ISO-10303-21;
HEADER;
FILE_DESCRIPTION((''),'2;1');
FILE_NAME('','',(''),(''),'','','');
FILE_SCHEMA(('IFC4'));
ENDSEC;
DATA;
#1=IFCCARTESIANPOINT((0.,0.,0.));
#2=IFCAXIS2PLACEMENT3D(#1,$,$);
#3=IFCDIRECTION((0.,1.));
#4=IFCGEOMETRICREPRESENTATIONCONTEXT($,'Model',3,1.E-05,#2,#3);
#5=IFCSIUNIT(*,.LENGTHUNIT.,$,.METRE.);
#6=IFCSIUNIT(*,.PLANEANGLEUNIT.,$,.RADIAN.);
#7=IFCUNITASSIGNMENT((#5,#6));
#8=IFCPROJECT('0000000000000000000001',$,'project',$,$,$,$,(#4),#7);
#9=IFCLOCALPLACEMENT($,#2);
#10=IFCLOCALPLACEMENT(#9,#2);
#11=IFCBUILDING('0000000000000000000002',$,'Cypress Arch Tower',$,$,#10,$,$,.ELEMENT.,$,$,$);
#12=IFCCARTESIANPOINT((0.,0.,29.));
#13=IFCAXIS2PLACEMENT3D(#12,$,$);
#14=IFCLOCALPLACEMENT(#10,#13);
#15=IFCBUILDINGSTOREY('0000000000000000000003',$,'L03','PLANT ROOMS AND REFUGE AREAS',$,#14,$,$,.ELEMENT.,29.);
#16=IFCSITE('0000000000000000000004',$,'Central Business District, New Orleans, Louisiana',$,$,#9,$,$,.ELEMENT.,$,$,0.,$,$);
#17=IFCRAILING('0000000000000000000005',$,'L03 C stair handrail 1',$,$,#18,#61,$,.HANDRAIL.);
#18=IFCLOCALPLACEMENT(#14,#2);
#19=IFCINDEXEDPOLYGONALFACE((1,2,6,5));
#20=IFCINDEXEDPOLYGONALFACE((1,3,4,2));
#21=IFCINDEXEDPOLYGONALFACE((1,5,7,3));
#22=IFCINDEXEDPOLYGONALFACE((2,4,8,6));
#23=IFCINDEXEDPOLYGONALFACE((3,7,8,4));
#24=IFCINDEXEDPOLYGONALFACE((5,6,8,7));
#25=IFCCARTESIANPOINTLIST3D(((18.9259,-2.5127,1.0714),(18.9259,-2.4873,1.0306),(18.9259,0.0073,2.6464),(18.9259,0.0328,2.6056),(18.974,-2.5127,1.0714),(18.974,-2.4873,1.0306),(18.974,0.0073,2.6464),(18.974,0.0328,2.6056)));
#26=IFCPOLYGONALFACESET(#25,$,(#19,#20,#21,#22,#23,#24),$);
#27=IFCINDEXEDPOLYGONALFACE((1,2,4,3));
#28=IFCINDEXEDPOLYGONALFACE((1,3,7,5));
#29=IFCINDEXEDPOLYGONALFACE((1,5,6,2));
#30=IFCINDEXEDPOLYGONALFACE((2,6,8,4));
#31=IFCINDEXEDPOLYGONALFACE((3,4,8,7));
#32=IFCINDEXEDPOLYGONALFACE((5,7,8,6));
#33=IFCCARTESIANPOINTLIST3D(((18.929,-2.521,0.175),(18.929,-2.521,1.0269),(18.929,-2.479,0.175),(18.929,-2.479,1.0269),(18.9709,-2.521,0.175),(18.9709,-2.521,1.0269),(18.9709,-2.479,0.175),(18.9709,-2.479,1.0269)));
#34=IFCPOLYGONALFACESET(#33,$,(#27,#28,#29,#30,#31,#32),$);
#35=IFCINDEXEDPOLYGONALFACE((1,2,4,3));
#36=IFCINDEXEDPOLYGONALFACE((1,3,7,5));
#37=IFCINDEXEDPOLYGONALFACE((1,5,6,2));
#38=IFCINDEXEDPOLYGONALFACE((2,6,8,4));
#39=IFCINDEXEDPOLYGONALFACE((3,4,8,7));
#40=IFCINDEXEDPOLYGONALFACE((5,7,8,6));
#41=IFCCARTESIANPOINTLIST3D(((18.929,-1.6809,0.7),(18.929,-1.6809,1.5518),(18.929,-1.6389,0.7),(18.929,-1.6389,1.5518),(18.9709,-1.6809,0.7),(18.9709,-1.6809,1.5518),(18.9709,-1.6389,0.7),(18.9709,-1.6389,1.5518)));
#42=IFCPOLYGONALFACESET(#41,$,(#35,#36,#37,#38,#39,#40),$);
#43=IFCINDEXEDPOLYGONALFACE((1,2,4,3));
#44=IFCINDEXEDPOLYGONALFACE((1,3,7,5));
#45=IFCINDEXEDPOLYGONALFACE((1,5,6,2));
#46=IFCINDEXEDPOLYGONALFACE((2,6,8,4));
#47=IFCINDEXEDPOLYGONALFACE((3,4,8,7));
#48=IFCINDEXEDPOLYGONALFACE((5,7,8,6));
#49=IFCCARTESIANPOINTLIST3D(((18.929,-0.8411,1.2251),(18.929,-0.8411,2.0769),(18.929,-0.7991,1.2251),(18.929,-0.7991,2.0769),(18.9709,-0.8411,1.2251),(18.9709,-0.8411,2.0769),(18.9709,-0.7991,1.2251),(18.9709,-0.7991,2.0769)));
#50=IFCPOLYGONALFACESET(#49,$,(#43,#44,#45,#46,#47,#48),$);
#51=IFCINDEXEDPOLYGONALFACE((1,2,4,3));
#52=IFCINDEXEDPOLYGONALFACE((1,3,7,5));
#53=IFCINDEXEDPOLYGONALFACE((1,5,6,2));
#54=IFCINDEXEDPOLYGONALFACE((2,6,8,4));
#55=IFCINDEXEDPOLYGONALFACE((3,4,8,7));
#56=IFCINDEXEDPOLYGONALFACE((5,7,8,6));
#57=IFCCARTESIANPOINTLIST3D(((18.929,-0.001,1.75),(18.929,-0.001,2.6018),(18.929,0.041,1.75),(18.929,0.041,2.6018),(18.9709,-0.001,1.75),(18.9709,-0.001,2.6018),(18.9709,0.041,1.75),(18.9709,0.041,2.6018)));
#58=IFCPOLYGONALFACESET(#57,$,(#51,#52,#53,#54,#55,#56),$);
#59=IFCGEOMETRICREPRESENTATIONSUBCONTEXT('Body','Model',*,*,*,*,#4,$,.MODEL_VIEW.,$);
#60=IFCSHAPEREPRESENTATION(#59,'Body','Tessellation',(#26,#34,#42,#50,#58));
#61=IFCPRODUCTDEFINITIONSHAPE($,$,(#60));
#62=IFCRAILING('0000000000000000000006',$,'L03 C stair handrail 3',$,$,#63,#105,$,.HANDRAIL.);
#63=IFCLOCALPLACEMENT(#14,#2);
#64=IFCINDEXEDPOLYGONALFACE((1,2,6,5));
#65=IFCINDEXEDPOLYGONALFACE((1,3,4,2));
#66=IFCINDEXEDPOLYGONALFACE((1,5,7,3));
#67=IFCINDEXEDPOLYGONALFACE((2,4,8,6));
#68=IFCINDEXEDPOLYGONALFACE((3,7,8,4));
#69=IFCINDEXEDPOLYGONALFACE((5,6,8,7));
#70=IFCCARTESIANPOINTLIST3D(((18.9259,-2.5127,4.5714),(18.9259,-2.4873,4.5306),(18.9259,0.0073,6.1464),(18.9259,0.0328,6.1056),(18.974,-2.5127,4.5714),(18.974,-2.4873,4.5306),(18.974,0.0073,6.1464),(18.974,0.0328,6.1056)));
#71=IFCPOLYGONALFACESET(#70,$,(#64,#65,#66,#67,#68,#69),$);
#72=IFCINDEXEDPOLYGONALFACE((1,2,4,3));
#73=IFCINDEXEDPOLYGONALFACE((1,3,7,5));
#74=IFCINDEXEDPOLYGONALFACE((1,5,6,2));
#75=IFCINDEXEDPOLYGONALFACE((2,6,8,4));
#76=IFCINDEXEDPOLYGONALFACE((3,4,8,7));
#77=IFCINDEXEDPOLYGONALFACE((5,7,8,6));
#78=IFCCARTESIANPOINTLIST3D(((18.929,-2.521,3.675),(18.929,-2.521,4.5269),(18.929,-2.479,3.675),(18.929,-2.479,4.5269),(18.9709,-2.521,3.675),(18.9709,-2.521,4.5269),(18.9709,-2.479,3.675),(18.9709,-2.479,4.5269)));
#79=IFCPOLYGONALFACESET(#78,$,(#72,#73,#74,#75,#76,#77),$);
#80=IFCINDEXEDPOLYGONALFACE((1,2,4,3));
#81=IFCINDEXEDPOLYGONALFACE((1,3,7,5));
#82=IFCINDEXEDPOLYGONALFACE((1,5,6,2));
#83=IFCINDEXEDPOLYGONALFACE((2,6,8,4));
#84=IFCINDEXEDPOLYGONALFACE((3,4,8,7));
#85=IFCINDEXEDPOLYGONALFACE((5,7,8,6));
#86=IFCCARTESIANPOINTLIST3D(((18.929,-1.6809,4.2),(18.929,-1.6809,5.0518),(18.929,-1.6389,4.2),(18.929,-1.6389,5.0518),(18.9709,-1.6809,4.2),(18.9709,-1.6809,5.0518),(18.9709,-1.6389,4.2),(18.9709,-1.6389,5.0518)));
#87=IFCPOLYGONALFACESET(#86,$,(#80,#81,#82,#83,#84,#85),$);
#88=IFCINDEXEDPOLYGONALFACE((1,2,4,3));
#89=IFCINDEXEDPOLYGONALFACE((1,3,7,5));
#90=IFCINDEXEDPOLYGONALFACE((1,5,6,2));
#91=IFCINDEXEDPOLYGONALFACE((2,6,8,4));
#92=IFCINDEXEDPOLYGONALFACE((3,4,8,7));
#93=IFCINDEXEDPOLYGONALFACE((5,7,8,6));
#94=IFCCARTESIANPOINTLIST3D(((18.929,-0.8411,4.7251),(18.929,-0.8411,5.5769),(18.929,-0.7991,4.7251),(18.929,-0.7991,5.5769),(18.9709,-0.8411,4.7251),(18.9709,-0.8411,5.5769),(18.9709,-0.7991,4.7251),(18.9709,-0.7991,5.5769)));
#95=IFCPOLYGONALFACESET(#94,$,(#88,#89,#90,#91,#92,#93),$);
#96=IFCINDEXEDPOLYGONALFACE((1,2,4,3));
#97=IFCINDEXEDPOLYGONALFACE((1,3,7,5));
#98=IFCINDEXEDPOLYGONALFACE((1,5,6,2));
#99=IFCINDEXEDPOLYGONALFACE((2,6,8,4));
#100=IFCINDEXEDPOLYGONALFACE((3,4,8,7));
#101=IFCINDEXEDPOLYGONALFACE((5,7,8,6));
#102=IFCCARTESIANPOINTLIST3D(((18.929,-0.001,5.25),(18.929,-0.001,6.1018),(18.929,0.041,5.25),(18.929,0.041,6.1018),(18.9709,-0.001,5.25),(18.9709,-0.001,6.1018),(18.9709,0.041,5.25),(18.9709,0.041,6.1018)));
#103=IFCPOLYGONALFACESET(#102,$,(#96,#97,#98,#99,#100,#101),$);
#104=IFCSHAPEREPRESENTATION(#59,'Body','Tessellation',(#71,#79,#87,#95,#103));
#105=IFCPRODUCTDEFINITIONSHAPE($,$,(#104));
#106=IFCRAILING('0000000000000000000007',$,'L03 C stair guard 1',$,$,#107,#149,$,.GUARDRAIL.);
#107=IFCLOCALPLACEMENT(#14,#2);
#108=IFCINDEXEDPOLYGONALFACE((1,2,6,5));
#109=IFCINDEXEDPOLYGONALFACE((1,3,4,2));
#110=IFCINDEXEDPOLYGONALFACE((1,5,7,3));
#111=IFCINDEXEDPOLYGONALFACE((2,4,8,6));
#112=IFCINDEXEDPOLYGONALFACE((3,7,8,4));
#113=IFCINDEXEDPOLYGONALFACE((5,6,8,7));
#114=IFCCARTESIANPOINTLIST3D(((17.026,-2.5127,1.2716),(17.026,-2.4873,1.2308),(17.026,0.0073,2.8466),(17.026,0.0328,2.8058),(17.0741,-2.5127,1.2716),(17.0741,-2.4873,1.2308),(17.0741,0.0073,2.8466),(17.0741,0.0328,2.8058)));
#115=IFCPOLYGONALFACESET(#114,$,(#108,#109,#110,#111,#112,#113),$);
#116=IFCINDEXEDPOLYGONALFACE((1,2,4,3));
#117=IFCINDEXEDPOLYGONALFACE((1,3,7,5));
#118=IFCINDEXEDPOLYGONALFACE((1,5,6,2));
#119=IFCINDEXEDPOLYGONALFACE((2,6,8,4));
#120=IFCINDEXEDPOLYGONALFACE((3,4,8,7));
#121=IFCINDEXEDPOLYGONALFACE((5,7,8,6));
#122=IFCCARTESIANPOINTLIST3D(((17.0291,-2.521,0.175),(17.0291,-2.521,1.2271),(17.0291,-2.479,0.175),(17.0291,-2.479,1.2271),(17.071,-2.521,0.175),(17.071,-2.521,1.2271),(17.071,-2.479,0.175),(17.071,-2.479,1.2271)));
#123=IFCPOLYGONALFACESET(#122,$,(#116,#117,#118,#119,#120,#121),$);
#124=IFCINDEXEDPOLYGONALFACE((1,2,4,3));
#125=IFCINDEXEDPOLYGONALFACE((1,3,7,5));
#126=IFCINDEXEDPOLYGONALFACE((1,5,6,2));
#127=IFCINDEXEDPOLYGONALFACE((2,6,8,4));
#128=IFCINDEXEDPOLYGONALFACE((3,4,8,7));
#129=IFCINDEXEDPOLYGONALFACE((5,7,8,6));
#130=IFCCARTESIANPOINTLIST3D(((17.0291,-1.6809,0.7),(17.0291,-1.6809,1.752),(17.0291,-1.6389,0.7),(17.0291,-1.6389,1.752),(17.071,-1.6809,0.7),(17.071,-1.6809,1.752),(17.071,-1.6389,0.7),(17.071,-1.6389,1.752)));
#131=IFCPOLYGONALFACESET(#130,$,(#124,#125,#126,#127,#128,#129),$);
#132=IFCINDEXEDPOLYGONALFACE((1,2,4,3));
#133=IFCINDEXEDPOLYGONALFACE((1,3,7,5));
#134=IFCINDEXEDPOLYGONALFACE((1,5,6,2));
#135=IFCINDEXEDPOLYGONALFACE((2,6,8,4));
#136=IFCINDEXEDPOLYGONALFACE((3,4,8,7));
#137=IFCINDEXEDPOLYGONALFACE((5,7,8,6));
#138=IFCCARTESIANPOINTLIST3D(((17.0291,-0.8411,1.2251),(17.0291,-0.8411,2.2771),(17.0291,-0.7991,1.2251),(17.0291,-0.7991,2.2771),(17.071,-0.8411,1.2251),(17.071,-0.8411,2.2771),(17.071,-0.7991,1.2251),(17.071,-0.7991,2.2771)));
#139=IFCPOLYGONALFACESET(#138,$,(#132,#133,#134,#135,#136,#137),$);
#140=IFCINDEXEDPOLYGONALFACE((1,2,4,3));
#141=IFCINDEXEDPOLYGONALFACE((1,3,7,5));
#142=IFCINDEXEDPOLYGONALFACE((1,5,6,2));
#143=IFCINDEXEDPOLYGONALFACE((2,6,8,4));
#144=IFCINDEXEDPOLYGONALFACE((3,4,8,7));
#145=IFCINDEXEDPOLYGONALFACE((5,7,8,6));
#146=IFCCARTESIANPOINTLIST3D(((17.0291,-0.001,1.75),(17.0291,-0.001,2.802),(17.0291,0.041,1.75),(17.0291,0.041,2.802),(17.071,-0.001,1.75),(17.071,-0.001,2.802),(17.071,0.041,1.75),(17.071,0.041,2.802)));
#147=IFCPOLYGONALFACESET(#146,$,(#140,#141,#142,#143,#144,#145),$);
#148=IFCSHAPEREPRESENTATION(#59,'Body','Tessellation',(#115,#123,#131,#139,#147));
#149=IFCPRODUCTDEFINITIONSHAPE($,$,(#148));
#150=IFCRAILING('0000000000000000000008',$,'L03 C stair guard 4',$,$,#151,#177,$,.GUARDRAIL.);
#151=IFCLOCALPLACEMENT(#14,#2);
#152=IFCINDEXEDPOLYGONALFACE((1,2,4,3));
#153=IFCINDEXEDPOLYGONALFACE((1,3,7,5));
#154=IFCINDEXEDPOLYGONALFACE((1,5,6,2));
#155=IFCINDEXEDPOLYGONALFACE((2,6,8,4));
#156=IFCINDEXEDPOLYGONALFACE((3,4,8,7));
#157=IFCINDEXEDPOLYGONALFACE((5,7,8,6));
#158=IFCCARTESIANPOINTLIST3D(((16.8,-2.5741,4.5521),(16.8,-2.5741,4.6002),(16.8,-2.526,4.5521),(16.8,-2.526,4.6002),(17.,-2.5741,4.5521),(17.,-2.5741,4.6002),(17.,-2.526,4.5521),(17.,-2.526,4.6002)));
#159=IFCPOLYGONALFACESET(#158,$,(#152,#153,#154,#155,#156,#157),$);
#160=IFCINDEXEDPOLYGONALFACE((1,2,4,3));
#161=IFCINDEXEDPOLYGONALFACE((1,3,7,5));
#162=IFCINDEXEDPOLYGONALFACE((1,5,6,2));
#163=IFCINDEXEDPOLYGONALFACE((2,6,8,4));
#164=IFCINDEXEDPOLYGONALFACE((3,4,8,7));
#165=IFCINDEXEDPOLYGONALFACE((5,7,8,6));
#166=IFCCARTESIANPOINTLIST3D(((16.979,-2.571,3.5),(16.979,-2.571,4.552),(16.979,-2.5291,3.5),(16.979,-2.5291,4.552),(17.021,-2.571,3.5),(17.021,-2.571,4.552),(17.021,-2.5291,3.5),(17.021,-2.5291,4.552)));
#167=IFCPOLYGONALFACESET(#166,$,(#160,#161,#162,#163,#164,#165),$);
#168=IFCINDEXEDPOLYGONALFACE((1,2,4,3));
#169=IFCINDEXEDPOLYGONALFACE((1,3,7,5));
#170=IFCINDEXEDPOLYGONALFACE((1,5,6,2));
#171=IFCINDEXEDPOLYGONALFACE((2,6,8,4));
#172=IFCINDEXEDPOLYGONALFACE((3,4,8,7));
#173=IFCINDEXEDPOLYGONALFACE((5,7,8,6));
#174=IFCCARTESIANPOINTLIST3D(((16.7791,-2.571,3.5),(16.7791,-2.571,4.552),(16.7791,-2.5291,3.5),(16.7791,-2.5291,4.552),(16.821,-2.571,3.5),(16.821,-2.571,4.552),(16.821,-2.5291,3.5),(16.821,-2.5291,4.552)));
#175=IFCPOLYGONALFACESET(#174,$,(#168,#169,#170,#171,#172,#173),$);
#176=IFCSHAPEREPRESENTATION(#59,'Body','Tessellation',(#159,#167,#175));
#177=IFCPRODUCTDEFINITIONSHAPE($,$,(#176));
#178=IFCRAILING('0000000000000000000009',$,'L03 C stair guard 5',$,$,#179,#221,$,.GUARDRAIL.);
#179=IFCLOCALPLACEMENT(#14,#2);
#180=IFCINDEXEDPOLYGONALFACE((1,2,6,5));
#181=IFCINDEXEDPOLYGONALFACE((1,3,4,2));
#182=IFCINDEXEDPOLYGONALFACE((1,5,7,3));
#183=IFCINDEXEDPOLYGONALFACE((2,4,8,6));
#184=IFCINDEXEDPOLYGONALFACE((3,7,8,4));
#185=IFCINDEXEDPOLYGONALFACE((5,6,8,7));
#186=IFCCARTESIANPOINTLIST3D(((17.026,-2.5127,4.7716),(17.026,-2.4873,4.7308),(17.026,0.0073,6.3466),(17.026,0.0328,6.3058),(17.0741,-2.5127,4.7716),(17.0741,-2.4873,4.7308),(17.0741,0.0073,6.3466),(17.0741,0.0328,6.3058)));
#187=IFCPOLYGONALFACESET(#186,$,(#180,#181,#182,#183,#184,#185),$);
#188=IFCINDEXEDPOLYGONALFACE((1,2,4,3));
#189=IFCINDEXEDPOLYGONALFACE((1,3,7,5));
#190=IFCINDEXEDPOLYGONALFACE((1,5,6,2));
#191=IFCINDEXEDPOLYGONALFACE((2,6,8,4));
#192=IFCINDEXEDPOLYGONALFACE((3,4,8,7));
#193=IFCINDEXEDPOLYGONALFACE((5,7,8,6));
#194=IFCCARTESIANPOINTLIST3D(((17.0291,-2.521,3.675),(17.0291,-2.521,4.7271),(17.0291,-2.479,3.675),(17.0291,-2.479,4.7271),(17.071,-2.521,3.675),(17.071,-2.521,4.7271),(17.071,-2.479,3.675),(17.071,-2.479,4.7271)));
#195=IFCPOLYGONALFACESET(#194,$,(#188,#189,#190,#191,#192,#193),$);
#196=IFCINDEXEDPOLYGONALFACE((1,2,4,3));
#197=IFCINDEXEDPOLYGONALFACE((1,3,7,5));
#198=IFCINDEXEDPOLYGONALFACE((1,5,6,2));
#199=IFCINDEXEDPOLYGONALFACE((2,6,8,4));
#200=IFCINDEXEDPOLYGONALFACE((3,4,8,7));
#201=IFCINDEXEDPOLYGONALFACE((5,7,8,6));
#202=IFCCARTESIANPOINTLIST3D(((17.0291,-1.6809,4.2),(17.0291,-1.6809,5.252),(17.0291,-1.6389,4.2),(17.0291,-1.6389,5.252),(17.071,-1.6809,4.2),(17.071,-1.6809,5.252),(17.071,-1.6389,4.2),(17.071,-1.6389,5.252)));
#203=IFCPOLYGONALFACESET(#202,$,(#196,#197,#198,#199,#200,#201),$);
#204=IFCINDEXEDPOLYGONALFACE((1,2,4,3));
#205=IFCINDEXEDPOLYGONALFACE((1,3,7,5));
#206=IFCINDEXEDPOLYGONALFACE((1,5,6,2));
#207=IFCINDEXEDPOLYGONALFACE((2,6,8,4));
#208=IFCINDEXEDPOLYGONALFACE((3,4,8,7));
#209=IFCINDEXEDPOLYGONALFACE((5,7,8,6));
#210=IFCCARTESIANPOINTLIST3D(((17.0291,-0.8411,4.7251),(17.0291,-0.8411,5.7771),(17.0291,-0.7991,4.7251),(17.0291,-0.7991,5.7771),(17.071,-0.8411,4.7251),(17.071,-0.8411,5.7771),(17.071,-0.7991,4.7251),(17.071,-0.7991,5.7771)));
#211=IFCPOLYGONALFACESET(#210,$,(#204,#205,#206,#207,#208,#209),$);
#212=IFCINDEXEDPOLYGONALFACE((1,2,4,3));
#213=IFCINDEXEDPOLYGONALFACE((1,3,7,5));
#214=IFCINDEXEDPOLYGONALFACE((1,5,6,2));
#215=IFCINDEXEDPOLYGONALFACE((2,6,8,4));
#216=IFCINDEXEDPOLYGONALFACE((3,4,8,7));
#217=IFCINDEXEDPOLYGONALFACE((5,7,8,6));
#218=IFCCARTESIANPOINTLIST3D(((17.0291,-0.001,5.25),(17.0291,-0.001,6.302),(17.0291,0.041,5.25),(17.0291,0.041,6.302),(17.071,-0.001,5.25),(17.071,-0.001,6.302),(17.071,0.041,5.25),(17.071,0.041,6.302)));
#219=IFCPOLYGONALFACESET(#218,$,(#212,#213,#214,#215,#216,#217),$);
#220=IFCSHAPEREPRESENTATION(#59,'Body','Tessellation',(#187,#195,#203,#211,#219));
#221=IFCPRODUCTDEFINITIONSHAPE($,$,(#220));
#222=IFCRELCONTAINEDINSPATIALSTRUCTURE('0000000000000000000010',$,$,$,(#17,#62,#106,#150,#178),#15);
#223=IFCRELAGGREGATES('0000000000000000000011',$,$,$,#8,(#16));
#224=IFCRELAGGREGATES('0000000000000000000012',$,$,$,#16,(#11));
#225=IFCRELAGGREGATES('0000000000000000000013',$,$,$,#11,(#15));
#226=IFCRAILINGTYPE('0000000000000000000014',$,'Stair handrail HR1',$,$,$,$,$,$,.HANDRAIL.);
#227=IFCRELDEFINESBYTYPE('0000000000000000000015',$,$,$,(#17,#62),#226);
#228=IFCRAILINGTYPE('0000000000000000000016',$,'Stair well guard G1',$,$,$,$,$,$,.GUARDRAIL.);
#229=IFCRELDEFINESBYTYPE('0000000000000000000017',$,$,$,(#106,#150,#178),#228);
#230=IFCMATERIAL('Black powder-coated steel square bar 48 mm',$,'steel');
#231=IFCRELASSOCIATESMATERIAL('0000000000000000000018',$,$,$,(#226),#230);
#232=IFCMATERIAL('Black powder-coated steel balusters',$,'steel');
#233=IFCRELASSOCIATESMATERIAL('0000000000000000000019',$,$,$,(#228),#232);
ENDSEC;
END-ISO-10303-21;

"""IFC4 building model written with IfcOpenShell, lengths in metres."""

from ifc_helpers import new_model, si_unit, direction, frame, origin, origin_2d, place, context, subcontext, project, spatial, rectangle, extrude, material, type_object, element, save


model = new_model("IFC4")

# Units and contexts
model_context = context("Model", 3, precision=1e-05, world=origin(), true_north=direction((0.0, 1.0)))
body_context = subcontext(model_context, "Body", "Model", "MODEL_VIEW")
ifc_project = project(units=[si_unit("LENGTHUNIT", "METRE"), si_unit("PLANEANGLEUNIT", "RADIAN")], contexts=[model_context])

# Site, building, storey
site_placement = place(None, origin())
site = spatial("IfcSite", under=ifc_project, at=site_placement, Name="Central Business District, New Orleans, Louisiana", CompositionType="ELEMENT", RefElevation=0.0)
building_placement = place(site_placement, origin())
building = spatial("IfcBuilding", under=site, at=building_placement, Name="Cypress Arch Tower", CompositionType="ELEMENT")
storey_placement = place(building_placement, frame((0.0, 0.0, 29.0)))
storey = spatial("IfcBuildingStorey", under=building, at=storey_placement, Name="L03", Description="PLANT ROOMS AND REFUGE AREAS", CompositionType="ELEMENT", Elevation=29.0)

# Railings
ifc_material_1 = material(Name="Black powder-coated steel square bar 48 mm", Category="steel")
railing_type_1 = type_object("IfcRailingType", Name="Stair handrail HR1", PredefinedType="HANDRAIL", material=ifc_material_1)
for number, where, name in (
    (1, (18.95, -2.5, 0.175), "L03 C stair handrail 1"),
    (2, (18.95, -2.5, 3.675), "L03 C stair handrail 3"),
):
    element("IfcRailing", number, at=place(storey_placement, frame(where)), inside=storey, type_object=railing_type_1, Name=name, PredefinedType="HANDRAIL", context=body_context, shape_type="SweptSolid", body=[
        extrude(rectangle(XDim=0.0481, YDim=0.0481, at=origin_2d()), frame((0.0, 0.0, 0.876), z_axis=(0.0, 0.848008, 0.529984), x_axis=(-1.0, 0.0, 0.0)), (0.0, 0.0, 1.0), 2.9717),
        extrude(rectangle(XDim=0.042, YDim=0.042, at=origin_2d()), origin(), (0.0, 0.0, 1.0), 0.8518),
        extrude(rectangle(XDim=0.042, YDim=0.042, at=origin_2d()), frame((0.0, 0.8401, 0.5249)), (0.0, 0.0, 1.0), 0.8518),
        extrude(rectangle(XDim=0.042, YDim=0.042, at=origin_2d()), frame((0.0, 1.6799, 1.05)), (0.0, 0.0, 1.0), 0.8518),
        extrude(rectangle(XDim=0.042, YDim=0.042, at=origin_2d()), frame((0.0, 2.52, 1.575)), (0.0, 0.0, 1.0), 0.8518),
    ])
ifc_material_2 = material(Name="Black powder-coated steel balusters", Category="steel")
railing_type_2 = type_object("IfcRailingType", Name="Stair well guard G1", PredefinedType="GUARDRAIL", material=ifc_material_2)
railing_1_placement = place(storey_placement, frame((17.05, -2.5, 0.175)))
element("IfcRailing", 3, at=railing_1_placement, inside=storey, type_object=railing_type_2, Name="L03 C stair guard 1", PredefinedType="GUARDRAIL", context=body_context, shape_type="SweptSolid", body=[
    extrude(rectangle(XDim=0.0481, YDim=0.0481, at=origin_2d()), frame((0.0, 0.0, 1.0762), z_axis=(0.0, 0.848008, 0.529984), x_axis=(-1.0, 0.0, 0.0)), (0.0, 0.0, 1.0), 2.9717),
    extrude(rectangle(XDim=0.042, YDim=0.042, at=origin_2d()), origin(), (0.0, 0.0, 1.0), 1.052),
    extrude(rectangle(XDim=0.042, YDim=0.042, at=origin_2d()), frame((0.0, 0.8401, 0.5249)), (0.0, 0.0, 1.0), 1.052),
    extrude(rectangle(XDim=0.042, YDim=0.042, at=origin_2d()), frame((0.0, 1.6799, 1.05)), (0.0, 0.0, 1.0), 1.052),
    extrude(rectangle(XDim=0.042, YDim=0.042, at=origin_2d()), frame((0.0, 2.52, 1.575)), (0.0, 0.0, 1.0), 1.052),
])
railing_2_placement = place(storey_placement, frame((17.0, -2.55, 3.5)))
element("IfcRailing", 4, at=railing_2_placement, inside=storey, type_object=railing_type_2, Name="L03 C stair guard 4", PredefinedType="GUARDRAIL", context=body_context, shape_type="SweptSolid", body=[
    extrude(rectangle(XDim=0.0481, YDim=0.0481, at=origin_2d()), frame((0.0, 0.0, 1.0762), z_axis=(-1.0, 0.0, 0.0), x_axis=(0.0, -1.0, 0.0)), (0.0, 0.0, 1.0), 0.2),
    extrude(rectangle(XDim=0.042, YDim=0.042, at=origin_2d()), origin(), (0.0, 0.0, 1.0), 1.052),
    extrude(rectangle(XDim=0.042, YDim=0.042, at=origin_2d()), frame((-0.2, 0.0, 0.0)), (0.0, 0.0, 1.0), 1.052),
])
railing_3_placement = place(storey_placement, frame((17.05, -2.5, 3.675)))
element("IfcRailing", 5, at=railing_3_placement, inside=storey, type_object=railing_type_2, Name="L03 C stair guard 5", PredefinedType="GUARDRAIL", context=body_context, shape_type="SweptSolid", body=[
    extrude(rectangle(XDim=0.0481, YDim=0.0481, at=origin_2d()), frame((0.0, 0.0, 1.0762), z_axis=(0.0, 0.848008, 0.529984), x_axis=(-1.0, 0.0, 0.0)), (0.0, 0.0, 1.0), 2.9717),
    extrude(rectangle(XDim=0.042, YDim=0.042, at=origin_2d()), origin(), (0.0, 0.0, 1.0), 1.052),
    extrude(rectangle(XDim=0.042, YDim=0.042, at=origin_2d()), frame((0.0, 0.8401, 0.5249)), (0.0, 0.0, 1.0), 1.052),
    extrude(rectangle(XDim=0.042, YDim=0.042, at=origin_2d()), frame((0.0, 1.6799, 1.05)), (0.0, 0.0, 1.0), 1.052),
    extrude(rectangle(XDim=0.042, YDim=0.042, at=origin_2d()), frame((0.0, 2.52, 1.575)), (0.0, 0.0, 1.0), 1.052),
])

save(model, "model.ifc")
